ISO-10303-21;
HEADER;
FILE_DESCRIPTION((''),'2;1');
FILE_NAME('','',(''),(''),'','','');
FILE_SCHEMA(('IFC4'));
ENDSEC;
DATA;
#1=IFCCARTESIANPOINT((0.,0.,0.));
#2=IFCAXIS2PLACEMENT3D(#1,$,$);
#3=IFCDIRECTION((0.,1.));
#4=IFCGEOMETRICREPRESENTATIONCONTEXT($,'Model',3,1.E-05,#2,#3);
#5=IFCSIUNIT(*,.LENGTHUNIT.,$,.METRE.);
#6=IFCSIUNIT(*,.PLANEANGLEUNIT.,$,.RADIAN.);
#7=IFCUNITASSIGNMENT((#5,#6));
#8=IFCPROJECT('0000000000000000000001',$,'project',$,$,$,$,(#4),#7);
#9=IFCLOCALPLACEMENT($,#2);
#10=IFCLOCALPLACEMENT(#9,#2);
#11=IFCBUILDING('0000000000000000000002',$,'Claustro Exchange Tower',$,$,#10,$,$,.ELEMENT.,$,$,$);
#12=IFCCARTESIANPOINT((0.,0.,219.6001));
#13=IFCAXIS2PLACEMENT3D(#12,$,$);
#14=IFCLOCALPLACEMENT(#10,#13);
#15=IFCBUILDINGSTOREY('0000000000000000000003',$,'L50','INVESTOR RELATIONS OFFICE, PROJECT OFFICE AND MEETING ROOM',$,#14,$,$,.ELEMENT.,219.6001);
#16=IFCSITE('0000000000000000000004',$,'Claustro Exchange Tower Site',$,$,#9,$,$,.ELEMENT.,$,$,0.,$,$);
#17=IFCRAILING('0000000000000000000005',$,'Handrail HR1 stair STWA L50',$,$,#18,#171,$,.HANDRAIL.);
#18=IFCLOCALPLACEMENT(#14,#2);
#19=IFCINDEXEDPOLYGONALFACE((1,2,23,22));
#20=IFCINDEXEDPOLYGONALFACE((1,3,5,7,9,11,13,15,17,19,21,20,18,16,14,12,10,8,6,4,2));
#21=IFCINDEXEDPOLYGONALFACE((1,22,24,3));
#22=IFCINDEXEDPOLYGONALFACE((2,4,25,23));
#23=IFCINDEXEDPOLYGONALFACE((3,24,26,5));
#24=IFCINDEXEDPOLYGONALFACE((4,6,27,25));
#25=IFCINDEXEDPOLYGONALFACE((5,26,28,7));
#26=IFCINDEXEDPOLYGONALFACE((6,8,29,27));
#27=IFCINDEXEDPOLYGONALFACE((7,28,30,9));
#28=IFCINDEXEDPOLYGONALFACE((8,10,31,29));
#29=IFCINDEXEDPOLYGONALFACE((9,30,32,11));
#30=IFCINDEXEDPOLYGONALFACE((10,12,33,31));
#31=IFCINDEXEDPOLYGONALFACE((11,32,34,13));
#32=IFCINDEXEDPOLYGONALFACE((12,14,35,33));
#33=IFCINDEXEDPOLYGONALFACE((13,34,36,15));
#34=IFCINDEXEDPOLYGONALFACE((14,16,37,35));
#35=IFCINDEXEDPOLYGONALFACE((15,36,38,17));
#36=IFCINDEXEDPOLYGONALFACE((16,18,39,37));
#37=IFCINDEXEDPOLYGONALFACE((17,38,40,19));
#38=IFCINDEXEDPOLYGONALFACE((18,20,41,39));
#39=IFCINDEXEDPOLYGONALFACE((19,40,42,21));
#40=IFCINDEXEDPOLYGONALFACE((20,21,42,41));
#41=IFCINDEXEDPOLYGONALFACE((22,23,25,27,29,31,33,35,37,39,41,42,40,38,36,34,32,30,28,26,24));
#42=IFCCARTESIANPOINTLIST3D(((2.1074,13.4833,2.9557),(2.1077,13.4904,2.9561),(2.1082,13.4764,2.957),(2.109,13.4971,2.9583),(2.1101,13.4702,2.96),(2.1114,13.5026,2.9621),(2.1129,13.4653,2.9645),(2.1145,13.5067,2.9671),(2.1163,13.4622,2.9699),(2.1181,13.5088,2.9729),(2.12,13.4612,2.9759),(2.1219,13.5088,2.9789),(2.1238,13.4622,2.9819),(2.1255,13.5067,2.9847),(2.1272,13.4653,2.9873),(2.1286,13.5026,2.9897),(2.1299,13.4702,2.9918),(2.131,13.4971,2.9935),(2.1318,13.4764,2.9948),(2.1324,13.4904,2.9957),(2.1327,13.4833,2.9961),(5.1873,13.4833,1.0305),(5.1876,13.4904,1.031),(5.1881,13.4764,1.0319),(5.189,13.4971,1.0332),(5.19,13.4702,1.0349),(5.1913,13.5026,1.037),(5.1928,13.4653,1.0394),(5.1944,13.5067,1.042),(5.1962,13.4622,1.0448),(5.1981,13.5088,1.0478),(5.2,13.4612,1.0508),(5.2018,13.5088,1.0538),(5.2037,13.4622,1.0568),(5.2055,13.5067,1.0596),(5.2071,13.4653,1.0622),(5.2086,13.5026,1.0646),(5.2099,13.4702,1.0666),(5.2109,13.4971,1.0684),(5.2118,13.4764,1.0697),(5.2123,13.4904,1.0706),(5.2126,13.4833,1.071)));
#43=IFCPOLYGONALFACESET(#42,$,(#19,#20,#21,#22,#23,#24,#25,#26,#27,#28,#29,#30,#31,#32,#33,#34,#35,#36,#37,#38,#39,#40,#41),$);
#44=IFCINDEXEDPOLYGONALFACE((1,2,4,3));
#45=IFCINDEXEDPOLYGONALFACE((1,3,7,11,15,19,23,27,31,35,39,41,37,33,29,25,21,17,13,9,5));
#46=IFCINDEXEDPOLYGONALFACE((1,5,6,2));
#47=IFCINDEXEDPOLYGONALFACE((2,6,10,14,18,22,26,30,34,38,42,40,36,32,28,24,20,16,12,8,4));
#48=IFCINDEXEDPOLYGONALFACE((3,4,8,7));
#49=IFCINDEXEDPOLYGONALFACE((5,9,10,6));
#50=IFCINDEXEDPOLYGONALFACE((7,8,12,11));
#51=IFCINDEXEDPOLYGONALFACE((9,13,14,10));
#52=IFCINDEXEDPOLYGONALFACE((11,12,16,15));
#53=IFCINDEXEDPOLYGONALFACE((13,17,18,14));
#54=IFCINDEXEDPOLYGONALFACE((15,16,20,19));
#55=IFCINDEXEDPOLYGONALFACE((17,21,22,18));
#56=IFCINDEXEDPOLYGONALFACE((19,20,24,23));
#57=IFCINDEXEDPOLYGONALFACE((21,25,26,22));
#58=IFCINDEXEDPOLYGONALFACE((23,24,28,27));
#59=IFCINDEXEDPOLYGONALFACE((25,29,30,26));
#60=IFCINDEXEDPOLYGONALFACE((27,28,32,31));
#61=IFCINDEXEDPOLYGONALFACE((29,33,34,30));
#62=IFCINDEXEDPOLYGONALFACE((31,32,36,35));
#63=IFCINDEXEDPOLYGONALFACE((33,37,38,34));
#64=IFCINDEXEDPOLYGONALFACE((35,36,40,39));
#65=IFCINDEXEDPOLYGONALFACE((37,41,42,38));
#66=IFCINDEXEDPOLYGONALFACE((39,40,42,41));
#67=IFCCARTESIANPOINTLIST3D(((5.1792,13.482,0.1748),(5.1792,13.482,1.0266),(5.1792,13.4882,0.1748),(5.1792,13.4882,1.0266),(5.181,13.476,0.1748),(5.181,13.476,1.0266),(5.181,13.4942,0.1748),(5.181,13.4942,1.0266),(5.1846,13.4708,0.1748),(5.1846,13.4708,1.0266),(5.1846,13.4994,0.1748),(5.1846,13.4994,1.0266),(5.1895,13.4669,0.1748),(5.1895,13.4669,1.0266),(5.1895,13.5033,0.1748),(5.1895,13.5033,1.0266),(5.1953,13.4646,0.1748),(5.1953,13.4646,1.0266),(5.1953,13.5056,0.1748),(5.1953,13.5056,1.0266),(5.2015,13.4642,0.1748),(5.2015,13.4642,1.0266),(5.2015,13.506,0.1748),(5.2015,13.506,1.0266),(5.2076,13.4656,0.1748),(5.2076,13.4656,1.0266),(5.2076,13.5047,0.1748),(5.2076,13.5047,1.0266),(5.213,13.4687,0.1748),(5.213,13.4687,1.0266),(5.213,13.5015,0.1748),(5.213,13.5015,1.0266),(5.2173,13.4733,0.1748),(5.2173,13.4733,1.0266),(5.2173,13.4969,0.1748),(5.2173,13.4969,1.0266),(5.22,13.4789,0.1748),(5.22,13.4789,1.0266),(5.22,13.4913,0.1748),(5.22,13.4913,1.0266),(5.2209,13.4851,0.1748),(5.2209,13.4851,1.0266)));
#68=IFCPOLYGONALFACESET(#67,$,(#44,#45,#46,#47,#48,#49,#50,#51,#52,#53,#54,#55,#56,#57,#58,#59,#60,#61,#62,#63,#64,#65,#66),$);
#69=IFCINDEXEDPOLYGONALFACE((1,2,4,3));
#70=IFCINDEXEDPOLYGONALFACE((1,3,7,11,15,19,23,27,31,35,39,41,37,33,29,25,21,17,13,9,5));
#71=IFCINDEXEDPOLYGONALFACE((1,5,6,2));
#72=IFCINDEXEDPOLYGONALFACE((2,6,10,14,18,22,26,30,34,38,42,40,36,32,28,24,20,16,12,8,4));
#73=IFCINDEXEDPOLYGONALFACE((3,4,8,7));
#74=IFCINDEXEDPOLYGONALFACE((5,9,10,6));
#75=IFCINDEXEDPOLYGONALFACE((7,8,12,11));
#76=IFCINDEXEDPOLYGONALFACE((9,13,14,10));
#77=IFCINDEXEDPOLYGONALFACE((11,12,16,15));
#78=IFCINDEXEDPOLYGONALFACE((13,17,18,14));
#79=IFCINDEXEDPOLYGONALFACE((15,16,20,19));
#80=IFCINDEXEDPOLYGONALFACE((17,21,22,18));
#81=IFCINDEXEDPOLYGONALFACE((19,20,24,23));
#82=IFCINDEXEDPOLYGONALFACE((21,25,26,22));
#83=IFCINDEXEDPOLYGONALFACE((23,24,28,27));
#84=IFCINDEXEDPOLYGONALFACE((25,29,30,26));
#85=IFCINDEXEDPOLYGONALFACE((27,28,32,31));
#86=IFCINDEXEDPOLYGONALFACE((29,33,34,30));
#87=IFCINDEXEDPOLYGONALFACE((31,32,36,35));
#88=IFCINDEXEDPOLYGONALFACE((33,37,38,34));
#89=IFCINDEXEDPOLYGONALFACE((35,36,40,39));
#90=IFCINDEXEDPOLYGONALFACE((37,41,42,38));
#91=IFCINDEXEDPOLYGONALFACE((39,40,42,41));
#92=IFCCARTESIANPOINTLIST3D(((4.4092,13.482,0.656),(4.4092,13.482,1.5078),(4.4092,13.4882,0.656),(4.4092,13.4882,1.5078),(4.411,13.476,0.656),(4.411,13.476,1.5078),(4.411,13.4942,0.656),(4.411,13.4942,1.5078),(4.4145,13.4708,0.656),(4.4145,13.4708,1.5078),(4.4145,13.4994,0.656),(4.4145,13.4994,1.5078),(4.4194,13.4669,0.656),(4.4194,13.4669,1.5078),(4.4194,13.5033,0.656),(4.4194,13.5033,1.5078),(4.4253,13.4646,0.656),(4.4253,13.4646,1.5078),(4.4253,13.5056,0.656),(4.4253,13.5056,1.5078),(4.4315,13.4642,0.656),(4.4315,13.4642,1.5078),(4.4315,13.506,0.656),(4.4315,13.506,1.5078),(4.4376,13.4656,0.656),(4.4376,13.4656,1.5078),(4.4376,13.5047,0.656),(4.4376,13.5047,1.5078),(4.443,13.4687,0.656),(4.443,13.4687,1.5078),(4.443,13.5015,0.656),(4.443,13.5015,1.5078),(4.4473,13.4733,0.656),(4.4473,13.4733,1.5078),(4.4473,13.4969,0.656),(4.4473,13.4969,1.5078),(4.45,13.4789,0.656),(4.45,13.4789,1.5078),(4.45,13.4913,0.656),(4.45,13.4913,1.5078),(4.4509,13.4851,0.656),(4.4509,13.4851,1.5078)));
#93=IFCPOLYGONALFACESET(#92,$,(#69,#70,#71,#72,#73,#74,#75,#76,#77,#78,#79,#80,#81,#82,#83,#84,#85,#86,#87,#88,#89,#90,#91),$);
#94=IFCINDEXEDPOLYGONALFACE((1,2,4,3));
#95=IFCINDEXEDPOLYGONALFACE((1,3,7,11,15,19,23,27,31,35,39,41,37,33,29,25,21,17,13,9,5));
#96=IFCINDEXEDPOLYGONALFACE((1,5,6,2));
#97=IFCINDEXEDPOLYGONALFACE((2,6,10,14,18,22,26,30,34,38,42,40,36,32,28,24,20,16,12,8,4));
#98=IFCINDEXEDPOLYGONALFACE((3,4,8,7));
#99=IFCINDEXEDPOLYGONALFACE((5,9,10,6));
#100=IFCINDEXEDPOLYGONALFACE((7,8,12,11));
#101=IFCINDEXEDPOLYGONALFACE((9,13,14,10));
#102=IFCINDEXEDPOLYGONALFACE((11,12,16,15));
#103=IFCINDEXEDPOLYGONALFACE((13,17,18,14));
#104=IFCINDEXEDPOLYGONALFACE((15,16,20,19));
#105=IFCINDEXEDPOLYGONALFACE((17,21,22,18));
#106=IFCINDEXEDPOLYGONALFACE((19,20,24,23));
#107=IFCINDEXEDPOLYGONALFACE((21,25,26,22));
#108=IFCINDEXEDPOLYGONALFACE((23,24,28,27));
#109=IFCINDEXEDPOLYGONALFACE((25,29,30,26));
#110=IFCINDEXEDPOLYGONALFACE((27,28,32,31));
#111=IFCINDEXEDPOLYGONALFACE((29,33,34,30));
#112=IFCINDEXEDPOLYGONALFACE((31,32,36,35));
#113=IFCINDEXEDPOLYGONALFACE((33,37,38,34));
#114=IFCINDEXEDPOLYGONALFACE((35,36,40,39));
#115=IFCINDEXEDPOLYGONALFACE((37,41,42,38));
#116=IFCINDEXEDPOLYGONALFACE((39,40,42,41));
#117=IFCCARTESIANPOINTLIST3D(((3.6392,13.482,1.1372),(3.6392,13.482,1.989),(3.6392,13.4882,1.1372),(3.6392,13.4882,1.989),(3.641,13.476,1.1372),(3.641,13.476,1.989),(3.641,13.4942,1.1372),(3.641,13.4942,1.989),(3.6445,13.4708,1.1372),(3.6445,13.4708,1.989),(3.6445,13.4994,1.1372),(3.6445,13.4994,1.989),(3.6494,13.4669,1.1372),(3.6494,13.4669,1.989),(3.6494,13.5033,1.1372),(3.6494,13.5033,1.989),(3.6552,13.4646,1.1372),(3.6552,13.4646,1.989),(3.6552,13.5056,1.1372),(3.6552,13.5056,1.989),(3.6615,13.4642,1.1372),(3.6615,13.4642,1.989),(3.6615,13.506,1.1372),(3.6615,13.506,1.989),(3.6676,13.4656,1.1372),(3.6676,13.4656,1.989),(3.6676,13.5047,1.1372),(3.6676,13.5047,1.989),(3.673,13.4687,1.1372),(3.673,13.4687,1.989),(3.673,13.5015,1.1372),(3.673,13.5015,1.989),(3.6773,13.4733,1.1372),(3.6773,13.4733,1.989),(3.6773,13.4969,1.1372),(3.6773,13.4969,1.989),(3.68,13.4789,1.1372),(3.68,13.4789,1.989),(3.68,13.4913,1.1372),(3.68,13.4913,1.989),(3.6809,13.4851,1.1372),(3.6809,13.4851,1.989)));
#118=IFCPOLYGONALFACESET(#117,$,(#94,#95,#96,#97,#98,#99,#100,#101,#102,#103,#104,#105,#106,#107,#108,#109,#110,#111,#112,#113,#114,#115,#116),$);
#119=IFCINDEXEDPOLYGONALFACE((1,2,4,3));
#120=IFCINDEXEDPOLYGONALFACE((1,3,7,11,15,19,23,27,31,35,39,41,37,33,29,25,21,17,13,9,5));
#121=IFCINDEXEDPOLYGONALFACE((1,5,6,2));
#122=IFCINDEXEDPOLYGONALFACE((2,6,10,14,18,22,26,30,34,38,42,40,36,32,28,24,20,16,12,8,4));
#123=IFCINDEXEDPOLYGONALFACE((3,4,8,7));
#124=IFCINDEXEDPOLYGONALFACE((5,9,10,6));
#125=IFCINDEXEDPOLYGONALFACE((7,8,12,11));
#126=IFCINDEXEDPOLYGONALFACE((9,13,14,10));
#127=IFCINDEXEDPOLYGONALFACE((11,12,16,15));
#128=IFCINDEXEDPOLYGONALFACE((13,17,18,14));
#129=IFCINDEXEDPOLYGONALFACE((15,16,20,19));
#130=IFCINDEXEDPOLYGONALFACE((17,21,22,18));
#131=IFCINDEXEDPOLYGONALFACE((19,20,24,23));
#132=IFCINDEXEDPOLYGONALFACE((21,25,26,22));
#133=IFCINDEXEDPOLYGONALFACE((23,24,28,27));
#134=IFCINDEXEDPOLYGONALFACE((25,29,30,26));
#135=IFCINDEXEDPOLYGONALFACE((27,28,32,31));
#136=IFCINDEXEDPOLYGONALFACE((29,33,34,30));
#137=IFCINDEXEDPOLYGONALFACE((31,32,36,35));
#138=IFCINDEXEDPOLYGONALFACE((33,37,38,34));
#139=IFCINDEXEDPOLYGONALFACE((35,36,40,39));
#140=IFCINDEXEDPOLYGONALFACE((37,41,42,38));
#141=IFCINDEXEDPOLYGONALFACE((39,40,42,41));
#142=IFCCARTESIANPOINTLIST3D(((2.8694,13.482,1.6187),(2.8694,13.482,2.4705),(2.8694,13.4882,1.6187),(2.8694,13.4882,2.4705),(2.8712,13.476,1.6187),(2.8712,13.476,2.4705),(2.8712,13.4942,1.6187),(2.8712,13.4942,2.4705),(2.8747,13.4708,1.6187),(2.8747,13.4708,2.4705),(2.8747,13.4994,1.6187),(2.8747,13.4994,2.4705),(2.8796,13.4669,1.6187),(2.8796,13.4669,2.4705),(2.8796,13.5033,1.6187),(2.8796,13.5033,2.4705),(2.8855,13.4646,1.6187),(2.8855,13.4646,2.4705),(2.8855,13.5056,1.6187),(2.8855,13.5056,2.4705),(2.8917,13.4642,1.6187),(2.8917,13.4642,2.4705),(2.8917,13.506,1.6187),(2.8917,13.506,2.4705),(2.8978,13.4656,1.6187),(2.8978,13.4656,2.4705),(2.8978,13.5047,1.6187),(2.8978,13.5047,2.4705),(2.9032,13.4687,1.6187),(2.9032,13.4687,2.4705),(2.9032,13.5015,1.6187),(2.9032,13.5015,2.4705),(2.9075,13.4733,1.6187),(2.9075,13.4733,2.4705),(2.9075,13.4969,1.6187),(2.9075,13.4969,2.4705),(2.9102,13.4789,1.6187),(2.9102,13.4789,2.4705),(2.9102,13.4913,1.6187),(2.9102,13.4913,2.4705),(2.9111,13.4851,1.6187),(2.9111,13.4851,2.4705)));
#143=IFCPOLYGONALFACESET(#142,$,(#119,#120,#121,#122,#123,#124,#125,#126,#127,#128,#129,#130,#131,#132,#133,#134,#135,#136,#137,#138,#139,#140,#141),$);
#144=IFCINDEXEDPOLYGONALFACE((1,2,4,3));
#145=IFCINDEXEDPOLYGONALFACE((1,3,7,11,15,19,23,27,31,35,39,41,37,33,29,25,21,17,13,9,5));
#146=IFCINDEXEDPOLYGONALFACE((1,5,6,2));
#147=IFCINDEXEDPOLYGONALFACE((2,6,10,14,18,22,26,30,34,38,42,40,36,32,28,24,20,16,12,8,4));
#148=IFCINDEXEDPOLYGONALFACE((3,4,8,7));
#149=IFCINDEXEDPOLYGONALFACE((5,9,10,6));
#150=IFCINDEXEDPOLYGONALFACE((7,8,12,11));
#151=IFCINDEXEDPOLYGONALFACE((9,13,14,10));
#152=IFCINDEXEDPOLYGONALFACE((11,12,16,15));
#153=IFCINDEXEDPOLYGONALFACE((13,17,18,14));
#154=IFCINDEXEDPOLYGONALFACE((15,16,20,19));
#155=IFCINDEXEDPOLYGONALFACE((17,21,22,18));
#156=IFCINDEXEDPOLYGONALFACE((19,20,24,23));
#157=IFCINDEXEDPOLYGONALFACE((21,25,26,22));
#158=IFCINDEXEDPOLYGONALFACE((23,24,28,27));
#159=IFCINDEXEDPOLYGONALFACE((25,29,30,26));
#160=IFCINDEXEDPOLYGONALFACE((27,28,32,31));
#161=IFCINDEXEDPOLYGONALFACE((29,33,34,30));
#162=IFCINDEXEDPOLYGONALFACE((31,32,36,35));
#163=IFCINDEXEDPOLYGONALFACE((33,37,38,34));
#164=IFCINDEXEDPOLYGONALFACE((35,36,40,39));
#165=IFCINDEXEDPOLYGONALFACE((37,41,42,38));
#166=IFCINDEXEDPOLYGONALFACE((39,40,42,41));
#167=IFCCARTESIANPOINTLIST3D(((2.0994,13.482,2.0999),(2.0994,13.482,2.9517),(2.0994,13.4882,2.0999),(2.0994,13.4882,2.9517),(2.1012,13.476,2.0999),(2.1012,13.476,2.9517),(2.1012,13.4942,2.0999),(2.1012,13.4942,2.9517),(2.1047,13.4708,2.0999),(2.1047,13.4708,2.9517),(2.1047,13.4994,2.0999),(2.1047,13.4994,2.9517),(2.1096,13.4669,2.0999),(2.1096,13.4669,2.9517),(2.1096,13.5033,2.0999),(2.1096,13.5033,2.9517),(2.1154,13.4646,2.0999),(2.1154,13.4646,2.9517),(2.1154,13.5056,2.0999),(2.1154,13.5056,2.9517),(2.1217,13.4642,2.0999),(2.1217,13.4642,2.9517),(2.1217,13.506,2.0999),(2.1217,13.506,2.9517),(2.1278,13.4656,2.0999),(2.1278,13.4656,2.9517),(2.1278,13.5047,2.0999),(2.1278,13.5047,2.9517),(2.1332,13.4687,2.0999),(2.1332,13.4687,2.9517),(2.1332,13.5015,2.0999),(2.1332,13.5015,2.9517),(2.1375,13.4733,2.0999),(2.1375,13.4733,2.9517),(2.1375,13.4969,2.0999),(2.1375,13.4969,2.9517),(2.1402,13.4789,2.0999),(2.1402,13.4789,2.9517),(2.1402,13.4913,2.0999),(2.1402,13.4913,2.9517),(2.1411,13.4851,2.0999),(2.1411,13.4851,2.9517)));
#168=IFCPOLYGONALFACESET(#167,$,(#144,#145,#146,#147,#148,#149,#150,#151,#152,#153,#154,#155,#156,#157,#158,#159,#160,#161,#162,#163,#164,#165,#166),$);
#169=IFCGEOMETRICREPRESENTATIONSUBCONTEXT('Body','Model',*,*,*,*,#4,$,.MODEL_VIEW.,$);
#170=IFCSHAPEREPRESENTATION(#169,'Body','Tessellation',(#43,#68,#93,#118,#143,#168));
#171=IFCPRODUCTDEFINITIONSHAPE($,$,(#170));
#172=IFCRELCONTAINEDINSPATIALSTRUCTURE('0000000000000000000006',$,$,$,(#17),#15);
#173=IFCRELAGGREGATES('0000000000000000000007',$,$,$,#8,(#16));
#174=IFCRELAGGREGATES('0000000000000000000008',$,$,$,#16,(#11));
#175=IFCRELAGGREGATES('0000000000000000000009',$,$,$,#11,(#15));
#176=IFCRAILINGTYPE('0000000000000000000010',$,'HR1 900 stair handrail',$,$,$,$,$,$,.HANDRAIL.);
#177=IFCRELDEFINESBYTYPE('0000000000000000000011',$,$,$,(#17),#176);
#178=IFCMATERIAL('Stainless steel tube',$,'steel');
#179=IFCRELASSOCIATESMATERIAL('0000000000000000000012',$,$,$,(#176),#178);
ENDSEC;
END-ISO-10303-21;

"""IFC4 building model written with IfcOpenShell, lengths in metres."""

from ifc_helpers import new_model, si_unit, direction, frame, origin, origin_2d, place, context, subcontext, project, spatial, circle, extrude, material, type_object, element, save


model = new_model("IFC4")

# Units and contexts
model_context = context("Model", 3, precision=1e-05, world=origin(), true_north=direction((0.0, 1.0)))
body_context = subcontext(model_context, "Body", "Model", "MODEL_VIEW")
ifc_project = project(units=[si_unit("LENGTHUNIT", "METRE"), si_unit("PLANEANGLEUNIT", "RADIAN")], contexts=[model_context])

# Site, building, storey
site_placement = place(None, origin())
site = spatial("IfcSite", under=ifc_project, at=site_placement, Name="Claustro Exchange Tower Site", CompositionType="ELEMENT", RefElevation=0.0)
building_placement = place(site_placement, origin())
building = spatial("IfcBuilding", under=site, at=building_placement, Name="Claustro Exchange Tower", CompositionType="ELEMENT")
storey_placement = place(building_placement, frame((0.0, 0.0, 219.6001)))
storey = spatial("IfcBuildingStorey", under=building, at=storey_placement, Name="L50", Description="INVESTOR RELATIONS OFFICE, PROJECT OFFICE AND MEETING ROOM", CompositionType="ELEMENT", Elevation=219.6001)

# Railing
ifc_material_1 = material(Name="Stainless steel tube", Category="steel")
railing_type = type_object("IfcRailingType", Name="HR1 900 stair handrail", PredefinedType="HANDRAIL", material=ifc_material_1)
railing_placement = place(storey_placement, frame((5.2, 13.4851, 0.1748)))
element("IfcRailing", 1, at=railing_placement, inside=storey, type_object=railing_type, Name="Handrail HR1 stair STWA L50", PredefinedType="HANDRAIL", context=body_context, shape_type="SweptSolid", body=[
    extrude(circle(Radius=0.0239, at=origin_2d()), frame((0.0, 0.0, 0.876), z_axis=(-0.847979, 0.0, 0.530029), x_axis=(0.0, -1.0, 0.0)), (0.0, 0.0, 1.0), 3.6321),
    extrude(circle(Radius=0.021, at=origin_2d()), origin(), (0.0, 0.0, 1.0), 0.8518),
    extrude(circle(Radius=0.021, at=origin_2d()), frame((-0.77, 0.0, 0.4812)), (0.0, 0.0, 1.0), 0.8518),
    extrude(circle(Radius=0.021, at=origin_2d()), frame((-1.54, 0.0, 0.9624)), (0.0, 0.0, 1.0), 0.8518),
    extrude(circle(Radius=0.021, at=origin_2d()), frame((-2.3098, 0.0, 1.4438)), (0.0, 0.0, 1.0), 0.8518),
    extrude(circle(Radius=0.021, at=origin_2d()), frame((-3.0798, 0.0, 1.925)), (0.0, 0.0, 1.0), 0.8518),
])

save(model, "model.ifc")
